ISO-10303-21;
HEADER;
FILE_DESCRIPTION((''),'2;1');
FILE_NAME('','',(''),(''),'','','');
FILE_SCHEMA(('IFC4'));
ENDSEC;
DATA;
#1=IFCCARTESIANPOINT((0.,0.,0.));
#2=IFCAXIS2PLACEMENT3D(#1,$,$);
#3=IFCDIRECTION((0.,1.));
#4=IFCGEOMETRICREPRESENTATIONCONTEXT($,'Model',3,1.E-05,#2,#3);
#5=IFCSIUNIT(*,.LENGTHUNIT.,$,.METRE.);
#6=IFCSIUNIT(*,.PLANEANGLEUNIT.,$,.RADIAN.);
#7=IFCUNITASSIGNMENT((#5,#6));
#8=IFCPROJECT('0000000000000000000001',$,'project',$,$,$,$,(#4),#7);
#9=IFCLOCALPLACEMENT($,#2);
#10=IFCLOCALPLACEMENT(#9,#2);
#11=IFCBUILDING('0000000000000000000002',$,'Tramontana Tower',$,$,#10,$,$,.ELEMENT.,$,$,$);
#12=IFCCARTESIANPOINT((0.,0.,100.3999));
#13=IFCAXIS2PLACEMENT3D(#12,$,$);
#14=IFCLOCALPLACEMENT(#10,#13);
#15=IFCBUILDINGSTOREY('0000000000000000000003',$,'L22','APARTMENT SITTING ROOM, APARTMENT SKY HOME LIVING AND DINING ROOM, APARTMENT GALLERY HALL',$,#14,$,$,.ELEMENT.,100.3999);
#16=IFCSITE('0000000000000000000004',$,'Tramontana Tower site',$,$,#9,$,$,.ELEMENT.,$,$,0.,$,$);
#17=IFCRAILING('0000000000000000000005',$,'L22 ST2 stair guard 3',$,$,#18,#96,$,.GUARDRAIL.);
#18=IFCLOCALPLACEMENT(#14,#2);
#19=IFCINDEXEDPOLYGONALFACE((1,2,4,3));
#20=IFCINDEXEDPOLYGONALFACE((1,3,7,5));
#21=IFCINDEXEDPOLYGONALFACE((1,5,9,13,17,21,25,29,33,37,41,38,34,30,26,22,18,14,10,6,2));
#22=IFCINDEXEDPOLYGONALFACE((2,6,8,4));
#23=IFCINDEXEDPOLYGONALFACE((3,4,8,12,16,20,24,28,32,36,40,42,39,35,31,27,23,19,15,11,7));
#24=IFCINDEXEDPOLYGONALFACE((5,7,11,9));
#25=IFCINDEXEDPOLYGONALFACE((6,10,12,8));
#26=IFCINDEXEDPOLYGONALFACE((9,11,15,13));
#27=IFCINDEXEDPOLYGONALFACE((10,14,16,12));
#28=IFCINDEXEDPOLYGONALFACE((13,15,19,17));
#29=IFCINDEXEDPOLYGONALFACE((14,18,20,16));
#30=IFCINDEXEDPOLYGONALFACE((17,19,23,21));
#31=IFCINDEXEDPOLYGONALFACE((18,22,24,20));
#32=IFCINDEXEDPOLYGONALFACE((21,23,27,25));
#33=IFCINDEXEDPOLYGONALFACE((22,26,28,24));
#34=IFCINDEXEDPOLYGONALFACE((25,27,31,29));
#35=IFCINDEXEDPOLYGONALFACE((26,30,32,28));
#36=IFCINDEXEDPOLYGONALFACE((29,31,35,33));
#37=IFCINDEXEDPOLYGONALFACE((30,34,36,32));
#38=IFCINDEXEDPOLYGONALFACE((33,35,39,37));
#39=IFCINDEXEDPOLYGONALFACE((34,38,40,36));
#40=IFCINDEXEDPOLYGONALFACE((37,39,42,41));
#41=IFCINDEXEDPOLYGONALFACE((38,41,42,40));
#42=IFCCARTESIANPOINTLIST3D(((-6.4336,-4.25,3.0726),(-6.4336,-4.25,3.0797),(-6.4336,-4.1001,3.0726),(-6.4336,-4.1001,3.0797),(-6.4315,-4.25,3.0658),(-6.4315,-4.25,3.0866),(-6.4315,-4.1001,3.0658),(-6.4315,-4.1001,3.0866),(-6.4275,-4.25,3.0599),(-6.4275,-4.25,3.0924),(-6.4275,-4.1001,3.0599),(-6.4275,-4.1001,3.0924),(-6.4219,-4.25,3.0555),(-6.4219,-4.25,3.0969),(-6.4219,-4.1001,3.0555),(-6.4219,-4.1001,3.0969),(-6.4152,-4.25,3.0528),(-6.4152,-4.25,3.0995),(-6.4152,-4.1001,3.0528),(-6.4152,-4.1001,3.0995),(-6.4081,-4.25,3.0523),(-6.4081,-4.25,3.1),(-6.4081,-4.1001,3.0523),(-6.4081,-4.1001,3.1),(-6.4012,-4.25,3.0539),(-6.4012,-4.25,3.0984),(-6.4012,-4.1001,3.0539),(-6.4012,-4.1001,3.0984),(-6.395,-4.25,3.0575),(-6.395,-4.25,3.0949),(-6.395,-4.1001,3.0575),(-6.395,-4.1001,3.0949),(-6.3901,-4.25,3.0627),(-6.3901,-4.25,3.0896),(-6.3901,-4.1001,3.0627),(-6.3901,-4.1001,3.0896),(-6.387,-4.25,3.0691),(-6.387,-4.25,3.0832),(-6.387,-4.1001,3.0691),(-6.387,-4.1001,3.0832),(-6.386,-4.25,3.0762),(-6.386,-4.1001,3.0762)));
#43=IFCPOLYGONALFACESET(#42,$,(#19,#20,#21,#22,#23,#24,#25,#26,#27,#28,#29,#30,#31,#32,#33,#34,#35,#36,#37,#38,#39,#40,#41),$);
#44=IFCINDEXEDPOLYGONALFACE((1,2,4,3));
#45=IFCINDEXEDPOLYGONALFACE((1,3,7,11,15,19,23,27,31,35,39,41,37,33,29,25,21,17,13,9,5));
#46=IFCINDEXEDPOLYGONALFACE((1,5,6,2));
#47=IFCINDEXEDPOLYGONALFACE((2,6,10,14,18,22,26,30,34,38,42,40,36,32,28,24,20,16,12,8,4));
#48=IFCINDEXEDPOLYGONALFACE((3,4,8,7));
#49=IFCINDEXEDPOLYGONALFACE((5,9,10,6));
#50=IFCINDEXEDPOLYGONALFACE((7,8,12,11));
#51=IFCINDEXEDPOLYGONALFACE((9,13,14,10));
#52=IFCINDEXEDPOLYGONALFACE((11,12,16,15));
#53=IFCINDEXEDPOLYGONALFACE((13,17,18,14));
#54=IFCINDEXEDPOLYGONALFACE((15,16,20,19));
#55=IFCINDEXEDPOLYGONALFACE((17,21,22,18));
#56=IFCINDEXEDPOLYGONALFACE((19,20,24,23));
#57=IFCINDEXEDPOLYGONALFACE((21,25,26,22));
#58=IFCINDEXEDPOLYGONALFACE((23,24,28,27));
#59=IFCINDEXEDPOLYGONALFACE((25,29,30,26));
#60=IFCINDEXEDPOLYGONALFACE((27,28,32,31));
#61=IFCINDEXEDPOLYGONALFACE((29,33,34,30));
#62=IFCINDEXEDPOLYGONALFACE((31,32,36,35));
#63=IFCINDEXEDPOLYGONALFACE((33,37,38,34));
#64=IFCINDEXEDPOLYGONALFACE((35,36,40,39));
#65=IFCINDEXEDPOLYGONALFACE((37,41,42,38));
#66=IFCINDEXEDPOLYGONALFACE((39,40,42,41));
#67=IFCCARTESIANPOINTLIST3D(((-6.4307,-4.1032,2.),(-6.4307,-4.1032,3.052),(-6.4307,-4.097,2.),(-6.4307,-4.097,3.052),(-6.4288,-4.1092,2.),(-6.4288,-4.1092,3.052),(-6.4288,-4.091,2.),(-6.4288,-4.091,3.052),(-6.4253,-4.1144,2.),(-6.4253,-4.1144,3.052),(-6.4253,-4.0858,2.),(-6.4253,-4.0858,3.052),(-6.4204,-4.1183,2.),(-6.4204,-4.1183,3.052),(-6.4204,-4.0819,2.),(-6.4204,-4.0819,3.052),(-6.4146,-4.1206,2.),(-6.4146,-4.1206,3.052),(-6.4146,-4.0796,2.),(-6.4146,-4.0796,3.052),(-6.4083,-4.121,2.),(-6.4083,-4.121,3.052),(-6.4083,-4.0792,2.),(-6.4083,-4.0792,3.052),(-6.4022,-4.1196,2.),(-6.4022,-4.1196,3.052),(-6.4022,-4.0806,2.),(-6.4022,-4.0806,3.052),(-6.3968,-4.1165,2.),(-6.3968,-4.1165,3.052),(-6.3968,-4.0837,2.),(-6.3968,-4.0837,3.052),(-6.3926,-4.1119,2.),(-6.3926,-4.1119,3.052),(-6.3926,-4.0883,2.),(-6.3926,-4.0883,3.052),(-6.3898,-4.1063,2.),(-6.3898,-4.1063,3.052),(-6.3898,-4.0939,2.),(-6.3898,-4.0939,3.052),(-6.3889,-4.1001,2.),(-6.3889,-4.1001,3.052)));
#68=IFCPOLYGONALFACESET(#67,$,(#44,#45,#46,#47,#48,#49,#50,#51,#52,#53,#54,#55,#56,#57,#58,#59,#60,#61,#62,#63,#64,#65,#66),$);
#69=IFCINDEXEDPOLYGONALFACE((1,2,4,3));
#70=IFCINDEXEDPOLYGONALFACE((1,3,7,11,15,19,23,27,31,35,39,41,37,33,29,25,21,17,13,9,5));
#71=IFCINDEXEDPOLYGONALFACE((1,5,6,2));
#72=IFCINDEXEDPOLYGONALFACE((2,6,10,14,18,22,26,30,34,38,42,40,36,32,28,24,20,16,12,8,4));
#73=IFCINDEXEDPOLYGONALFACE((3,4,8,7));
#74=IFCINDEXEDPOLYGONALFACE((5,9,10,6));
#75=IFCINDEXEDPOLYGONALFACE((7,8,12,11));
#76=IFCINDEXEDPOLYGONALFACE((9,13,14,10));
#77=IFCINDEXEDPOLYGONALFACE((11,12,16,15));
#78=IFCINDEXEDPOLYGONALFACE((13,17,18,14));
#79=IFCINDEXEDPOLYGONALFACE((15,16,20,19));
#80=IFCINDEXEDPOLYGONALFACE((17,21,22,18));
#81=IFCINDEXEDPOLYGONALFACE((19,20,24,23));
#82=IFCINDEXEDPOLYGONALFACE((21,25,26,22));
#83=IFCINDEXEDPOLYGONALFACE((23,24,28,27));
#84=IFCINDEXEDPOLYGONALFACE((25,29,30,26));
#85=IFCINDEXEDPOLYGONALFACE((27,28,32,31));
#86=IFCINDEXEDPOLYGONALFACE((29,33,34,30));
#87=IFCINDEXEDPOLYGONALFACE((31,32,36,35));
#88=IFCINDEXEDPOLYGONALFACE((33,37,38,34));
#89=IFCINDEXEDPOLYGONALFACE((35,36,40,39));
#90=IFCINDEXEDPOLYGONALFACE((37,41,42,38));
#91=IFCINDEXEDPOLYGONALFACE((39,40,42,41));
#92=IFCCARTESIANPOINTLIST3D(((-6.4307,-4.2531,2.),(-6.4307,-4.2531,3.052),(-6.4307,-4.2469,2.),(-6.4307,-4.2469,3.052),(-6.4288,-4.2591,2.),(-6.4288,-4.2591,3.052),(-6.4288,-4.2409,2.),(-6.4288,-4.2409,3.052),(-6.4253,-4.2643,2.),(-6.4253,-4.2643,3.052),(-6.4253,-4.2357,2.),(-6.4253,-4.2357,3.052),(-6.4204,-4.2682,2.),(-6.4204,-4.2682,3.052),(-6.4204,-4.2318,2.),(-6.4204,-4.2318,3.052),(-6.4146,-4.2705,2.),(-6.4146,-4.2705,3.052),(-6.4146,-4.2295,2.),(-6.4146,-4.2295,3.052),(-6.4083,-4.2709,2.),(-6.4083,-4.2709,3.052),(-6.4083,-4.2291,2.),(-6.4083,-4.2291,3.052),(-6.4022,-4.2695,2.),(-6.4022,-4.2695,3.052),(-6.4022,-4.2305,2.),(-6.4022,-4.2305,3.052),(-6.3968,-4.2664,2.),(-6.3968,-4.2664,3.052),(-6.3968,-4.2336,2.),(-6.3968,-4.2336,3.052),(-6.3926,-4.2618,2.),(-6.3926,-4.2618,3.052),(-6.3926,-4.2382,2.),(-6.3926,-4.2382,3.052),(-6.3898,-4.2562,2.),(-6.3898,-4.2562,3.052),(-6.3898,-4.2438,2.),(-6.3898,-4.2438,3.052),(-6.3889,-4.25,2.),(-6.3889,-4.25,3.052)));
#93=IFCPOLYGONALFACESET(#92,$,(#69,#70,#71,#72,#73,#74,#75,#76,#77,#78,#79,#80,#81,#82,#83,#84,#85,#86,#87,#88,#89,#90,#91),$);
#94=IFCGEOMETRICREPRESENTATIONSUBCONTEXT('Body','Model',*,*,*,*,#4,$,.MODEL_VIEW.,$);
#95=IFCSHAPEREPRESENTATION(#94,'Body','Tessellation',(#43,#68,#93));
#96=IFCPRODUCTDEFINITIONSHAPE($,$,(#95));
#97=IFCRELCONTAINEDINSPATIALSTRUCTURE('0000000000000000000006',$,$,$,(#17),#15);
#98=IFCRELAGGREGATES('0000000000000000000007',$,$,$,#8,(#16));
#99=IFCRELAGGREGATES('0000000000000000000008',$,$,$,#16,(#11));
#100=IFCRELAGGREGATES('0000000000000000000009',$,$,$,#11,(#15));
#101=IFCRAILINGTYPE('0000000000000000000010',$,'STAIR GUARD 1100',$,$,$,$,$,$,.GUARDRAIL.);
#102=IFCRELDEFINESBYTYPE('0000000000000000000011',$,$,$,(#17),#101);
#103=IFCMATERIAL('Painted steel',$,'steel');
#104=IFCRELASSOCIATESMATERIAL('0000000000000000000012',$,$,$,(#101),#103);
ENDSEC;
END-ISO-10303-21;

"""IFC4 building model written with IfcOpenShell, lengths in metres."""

from ifc_helpers import new_model, si_unit, direction, frame, origin, origin_2d, place, context, subcontext, project, spatial, circle, extrude, material, type_object, element, save


model = new_model("IFC4")

# Units and contexts
model_context = context("Model", 3, precision=1e-05, world=origin(), true_north=direction((0.0, 1.0)))
body_context = subcontext(model_context, "Body", "Model", "MODEL_VIEW")
ifc_project = project(units=[si_unit("LENGTHUNIT", "METRE"), si_unit("PLANEANGLEUNIT", "RADIAN")], contexts=[model_context])

# Site, building, storey
site_placement = place(None, origin())
site = spatial("IfcSite", under=ifc_project, at=site_placement, Name="Tramontana Tower site", CompositionType="ELEMENT", RefElevation=0.0)
building_placement = place(site_placement, origin())
building = spatial("IfcBuilding", under=site, at=building_placement, Name="Tramontana Tower", CompositionType="ELEMENT")
storey_placement = place(building_placement, frame((0.0, 0.0, 100.3999)))
storey = spatial("IfcBuildingStorey", under=building, at=storey_placement, Name="L22", Description="APARTMENT SITTING ROOM, APARTMENT SKY HOME LIVING AND DINING ROOM, APARTMENT GALLERY HALL", CompositionType="ELEMENT", Elevation=100.3999)

# Railing
ifc_material_1 = material(Name="Painted steel", Category="steel")
railing_type_1 = type_object("IfcRailingType", Name="STAIR GUARD 1100", PredefinedType="GUARDRAIL", material=ifc_material_1)
railing_1_placement = place(storey_placement, frame((-6.4099, -4.1001, 2.0)))
element("IfcRailing", 1, at=railing_1_placement, inside=storey, type_object=railing_type_1, Name="L22 ST2 stair guard 3", PredefinedType="GUARDRAIL", context=body_context, shape_type="SweptSolid", body=[
    extrude(circle(Radius=0.0239, at=origin_2d()), frame((0.0, 0.0, 1.0762), z_axis=(0.0, -1.0, 0.0), x_axis=(1.0, 0.0, 0.0)), (0.0, 0.0, 1.0), 0.1499),
    extrude(circle(Radius=0.021, at=origin_2d()), origin(), (0.0, 0.0, 1.0), 1.052),
    extrude(circle(Radius=0.021, at=origin_2d()), frame((0.0, -0.1499, 0.0)), (0.0, 0.0, 1.0), 1.052),
])

save(model, "model.ifc")
